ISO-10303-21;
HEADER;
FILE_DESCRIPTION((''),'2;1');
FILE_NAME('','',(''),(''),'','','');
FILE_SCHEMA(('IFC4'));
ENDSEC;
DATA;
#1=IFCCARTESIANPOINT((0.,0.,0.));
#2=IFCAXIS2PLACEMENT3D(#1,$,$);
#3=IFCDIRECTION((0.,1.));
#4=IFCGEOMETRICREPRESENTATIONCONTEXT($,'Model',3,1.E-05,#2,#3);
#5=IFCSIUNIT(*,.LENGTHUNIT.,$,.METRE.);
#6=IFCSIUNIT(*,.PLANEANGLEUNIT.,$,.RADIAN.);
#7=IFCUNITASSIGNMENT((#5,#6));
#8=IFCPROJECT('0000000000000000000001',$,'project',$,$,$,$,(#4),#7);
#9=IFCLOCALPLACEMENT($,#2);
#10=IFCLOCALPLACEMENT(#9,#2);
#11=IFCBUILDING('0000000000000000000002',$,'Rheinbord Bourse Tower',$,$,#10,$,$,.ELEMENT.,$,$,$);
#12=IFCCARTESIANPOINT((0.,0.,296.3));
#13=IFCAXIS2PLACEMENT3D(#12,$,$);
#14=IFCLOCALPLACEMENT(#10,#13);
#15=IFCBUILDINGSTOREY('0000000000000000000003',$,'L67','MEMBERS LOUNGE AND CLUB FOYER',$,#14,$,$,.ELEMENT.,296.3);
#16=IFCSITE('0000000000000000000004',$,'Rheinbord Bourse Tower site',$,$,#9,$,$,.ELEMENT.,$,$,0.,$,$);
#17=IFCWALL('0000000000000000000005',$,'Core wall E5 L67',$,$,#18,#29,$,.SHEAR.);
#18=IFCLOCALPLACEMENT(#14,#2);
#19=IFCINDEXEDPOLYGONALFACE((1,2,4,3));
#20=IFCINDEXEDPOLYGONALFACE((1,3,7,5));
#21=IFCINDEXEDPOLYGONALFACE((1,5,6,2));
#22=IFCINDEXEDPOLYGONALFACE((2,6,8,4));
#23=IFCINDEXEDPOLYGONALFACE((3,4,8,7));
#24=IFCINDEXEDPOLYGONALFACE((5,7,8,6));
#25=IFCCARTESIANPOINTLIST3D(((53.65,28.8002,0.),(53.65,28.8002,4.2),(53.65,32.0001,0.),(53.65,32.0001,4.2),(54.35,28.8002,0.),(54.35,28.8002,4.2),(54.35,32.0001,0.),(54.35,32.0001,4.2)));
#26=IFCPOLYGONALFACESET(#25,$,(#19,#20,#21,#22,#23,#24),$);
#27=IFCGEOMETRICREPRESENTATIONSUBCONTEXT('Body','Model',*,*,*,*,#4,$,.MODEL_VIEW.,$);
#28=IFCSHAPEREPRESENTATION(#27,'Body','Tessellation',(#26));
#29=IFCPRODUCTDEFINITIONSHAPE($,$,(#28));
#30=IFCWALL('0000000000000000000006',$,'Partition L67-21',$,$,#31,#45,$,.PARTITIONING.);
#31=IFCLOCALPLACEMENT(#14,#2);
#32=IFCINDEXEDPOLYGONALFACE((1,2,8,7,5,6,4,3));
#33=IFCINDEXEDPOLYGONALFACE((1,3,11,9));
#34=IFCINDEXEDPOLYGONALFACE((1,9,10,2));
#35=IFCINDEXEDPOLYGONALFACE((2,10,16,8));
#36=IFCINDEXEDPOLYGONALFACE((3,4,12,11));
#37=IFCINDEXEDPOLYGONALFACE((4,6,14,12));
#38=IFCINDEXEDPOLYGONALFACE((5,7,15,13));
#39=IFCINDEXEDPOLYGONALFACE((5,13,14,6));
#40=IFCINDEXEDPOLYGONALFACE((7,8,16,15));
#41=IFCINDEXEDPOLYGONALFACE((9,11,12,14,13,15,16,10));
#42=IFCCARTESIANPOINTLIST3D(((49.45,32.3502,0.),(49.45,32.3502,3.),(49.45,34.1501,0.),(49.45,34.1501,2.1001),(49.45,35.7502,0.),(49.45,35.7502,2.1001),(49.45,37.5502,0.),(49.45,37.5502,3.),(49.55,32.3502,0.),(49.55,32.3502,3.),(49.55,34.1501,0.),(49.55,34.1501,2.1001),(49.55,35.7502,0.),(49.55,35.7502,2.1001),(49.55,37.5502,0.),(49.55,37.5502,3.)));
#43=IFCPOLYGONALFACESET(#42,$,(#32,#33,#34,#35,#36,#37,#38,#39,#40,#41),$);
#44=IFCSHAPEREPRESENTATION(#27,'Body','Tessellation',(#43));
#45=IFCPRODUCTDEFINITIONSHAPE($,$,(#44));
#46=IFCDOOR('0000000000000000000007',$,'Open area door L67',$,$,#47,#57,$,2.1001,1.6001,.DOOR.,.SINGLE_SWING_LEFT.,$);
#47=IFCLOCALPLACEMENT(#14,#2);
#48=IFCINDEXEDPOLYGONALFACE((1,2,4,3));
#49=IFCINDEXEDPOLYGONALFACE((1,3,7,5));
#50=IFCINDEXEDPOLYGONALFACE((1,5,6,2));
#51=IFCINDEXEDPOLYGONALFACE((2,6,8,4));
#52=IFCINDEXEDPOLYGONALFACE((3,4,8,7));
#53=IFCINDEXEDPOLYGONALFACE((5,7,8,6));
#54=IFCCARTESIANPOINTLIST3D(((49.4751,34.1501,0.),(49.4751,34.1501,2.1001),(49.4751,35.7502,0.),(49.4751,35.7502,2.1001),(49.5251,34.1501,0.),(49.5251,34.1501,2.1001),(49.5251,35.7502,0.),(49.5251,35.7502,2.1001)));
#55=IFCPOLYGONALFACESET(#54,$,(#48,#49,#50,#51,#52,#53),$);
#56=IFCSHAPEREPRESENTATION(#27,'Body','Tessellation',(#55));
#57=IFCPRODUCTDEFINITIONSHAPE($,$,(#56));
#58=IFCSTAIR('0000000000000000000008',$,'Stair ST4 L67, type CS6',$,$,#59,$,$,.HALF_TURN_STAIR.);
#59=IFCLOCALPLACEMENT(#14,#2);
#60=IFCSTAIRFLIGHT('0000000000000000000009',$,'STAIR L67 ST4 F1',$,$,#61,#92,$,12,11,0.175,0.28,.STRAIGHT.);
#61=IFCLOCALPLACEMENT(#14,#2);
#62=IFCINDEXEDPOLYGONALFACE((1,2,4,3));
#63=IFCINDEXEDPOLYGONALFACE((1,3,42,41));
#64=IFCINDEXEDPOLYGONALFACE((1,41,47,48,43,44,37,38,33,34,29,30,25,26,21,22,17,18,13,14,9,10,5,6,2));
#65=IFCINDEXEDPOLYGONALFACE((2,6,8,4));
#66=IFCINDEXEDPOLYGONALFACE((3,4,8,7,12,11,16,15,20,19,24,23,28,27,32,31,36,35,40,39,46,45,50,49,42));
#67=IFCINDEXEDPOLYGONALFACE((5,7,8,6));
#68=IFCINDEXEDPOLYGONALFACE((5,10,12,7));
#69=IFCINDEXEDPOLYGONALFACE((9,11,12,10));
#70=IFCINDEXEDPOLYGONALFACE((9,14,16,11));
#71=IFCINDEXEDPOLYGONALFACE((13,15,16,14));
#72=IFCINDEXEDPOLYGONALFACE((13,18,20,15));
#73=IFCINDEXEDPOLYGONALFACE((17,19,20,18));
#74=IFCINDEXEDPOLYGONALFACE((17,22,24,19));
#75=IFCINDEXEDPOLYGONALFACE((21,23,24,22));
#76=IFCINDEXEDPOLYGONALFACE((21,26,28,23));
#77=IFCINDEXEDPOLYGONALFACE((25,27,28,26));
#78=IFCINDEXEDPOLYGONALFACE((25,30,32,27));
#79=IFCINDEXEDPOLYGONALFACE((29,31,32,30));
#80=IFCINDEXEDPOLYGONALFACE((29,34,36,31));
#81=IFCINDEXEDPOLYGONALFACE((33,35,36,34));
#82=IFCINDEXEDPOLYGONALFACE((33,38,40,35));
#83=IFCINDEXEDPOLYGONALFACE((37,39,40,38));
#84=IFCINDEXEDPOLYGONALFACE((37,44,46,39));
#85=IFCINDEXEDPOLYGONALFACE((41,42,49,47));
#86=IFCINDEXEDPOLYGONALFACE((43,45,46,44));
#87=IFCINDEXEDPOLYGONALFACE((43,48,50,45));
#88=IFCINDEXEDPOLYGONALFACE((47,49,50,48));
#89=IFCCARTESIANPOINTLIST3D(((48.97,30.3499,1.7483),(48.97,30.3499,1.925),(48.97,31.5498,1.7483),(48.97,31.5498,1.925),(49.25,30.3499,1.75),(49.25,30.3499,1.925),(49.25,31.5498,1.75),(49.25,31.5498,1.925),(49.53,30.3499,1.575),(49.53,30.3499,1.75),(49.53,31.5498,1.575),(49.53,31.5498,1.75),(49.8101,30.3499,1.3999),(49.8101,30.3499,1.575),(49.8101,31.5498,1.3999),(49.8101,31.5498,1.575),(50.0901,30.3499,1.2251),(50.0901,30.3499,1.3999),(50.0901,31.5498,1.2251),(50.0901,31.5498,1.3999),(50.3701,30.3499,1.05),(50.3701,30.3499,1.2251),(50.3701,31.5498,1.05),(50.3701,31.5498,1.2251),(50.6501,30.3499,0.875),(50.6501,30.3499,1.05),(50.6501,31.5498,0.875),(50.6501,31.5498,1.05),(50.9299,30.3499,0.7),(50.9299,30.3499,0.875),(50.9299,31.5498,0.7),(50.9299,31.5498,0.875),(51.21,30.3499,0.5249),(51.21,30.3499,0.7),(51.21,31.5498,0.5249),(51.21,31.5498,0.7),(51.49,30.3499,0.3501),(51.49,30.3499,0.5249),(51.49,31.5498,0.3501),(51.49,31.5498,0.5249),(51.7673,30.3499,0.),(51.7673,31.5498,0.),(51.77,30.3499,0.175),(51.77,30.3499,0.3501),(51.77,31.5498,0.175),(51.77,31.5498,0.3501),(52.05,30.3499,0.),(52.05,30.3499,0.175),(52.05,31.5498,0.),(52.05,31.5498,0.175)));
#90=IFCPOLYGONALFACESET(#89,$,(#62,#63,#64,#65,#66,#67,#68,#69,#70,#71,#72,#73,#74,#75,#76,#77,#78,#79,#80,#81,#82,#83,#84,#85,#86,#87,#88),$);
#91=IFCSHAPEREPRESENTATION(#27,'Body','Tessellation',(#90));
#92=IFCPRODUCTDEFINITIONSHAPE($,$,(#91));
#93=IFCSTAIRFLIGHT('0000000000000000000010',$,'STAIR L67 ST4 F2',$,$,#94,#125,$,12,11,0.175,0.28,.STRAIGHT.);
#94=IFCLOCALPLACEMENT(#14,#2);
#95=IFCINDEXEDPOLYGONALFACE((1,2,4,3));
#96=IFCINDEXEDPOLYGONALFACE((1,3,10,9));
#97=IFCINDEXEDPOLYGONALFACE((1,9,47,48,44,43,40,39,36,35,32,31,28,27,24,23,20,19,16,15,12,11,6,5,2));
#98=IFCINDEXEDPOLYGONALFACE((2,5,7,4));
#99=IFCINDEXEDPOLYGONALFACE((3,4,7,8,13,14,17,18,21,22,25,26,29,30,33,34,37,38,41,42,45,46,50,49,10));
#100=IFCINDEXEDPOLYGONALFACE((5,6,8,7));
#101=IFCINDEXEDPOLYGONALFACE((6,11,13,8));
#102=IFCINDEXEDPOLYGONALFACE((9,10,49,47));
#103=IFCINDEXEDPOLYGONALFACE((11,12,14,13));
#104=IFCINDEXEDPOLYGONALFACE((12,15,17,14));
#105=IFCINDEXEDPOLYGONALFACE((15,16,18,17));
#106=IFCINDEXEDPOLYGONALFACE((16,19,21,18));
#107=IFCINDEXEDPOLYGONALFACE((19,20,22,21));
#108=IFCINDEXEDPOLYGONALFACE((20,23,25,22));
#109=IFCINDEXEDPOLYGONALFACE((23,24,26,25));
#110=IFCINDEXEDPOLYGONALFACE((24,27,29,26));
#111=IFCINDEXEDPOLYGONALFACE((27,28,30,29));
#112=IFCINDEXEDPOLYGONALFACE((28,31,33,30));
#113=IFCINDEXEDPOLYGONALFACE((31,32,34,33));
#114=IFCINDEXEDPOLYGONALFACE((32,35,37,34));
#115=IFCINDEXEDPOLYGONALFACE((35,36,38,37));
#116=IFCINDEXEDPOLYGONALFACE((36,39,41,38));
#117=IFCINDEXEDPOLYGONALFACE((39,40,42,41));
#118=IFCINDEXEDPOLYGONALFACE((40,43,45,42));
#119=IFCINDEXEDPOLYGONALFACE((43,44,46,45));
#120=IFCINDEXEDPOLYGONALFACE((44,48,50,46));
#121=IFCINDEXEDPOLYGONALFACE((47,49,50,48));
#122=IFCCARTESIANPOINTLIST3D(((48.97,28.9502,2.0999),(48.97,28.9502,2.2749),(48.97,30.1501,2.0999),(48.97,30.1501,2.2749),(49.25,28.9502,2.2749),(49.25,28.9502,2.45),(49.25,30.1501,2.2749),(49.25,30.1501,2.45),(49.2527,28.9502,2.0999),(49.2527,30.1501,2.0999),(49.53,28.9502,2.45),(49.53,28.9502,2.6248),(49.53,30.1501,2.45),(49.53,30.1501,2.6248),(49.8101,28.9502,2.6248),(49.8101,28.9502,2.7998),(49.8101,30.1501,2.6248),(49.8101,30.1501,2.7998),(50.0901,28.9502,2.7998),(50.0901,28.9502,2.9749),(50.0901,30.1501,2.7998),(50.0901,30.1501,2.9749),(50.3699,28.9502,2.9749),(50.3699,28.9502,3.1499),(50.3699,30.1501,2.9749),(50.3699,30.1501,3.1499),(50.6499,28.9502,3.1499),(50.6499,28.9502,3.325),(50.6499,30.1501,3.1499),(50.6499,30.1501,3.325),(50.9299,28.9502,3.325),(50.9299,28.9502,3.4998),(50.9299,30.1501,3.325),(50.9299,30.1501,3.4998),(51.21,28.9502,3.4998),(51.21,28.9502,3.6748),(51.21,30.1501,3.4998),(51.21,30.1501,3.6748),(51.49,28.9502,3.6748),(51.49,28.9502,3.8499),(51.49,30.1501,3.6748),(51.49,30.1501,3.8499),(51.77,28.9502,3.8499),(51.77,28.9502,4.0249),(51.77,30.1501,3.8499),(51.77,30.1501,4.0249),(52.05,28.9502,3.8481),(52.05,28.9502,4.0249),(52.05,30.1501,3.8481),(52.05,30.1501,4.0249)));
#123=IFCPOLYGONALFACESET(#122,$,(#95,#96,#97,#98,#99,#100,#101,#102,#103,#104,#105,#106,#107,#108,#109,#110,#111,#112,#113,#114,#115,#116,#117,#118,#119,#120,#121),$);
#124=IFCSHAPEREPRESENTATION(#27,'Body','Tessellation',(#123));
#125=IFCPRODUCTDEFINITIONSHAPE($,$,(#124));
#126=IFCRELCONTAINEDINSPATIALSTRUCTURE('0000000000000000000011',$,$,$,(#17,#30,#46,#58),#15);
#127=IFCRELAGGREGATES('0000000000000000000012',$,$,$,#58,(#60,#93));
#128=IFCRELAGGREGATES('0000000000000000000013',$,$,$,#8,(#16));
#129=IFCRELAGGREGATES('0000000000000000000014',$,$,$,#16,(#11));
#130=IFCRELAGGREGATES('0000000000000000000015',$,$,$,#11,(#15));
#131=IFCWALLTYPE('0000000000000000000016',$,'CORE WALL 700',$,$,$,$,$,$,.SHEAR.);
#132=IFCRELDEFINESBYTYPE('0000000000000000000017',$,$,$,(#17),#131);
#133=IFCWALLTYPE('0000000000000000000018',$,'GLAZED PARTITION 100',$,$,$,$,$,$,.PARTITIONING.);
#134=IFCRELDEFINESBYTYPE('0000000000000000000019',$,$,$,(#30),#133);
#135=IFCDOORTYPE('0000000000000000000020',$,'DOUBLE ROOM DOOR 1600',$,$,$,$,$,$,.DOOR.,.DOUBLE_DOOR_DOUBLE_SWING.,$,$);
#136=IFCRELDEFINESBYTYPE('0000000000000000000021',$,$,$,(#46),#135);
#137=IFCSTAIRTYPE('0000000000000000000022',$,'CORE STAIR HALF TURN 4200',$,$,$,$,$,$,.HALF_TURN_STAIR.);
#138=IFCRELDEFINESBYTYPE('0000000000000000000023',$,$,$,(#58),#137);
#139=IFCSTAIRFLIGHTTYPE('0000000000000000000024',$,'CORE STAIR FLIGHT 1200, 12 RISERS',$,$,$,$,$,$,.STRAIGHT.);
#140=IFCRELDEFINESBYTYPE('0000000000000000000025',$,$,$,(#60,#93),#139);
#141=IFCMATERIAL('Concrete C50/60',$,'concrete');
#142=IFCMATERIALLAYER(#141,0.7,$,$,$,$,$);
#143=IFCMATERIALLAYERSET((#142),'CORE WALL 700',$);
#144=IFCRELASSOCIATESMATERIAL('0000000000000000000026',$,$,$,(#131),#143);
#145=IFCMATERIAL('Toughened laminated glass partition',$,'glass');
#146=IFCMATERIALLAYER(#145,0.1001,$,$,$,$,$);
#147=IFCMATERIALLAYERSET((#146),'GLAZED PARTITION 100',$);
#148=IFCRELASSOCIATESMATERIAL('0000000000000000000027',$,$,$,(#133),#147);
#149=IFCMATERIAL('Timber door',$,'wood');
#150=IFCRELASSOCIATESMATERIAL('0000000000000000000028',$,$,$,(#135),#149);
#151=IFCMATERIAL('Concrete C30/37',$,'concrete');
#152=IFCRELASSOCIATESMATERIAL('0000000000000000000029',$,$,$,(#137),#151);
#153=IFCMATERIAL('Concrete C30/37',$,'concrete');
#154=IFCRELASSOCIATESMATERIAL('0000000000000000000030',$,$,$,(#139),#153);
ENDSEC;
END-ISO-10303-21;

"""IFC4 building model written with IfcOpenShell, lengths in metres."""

from ifc_helpers import new_model, si_unit, direction, frame, frame_2d, origin, place, context, subcontext, project, spatial, polyline, rectangle, outline, extrude, material, layer, layer_set, type_object, element, fill, aggregate, save


model = new_model("IFC4")

# Units and contexts
model_context = context("Model", 3, precision=1e-05, world=origin(), true_north=direction((0.0, 1.0)))
body_context = subcontext(model_context, "Body", "Model", "MODEL_VIEW")
ifc_project = project(units=[si_unit("LENGTHUNIT", "METRE"), si_unit("PLANEANGLEUNIT", "RADIAN")], contexts=[model_context])

# Site, building, storey
site_placement = place(None, origin())
site = spatial("IfcSite", under=ifc_project, at=site_placement, Name="Rheinbord Bourse Tower site", CompositionType="ELEMENT", RefElevation=0.0)
building_placement = place(site_placement, origin())
building = spatial("IfcBuilding", under=site, at=building_placement, Name="Rheinbord Bourse Tower", CompositionType="ELEMENT")
storey_placement = place(building_placement, frame((0.0, 0.0, 296.3)))
storey = spatial("IfcBuildingStorey", under=building, at=storey_placement, Name="L67", Description="MEMBERS LOUNGE AND CLUB FOYER", CompositionType="ELEMENT", Elevation=296.3)

# Shared definitions
ifc_material_1 = material(Name="Concrete C50/60", Category="concrete")
ifc_layer_1 = layer(ifc_material_1, 0.7)
ifc_layer_set_1 = layer_set([ifc_layer_1], Name="CORE WALL 700")
wall_type_1 = type_object("IfcWallType", Name="CORE WALL 700", PredefinedType="SHEAR", material=ifc_layer_set_1)

# Wall
wall_1_placement = place(storey_placement, frame((54.0, 28.8, 0.0), z_axis=(0.0, 0.0, 1.0), x_axis=(0.0, 1.0, 0.0)))
element("IfcWall", 1, at=wall_1_placement, inside=storey, type_object=wall_type_1, Name="Core wall E5 L67", PredefinedType="SHEAR", context=body_context, shape_type="SweptSolid", body=[
    extrude(rectangle(XDim=3.2, YDim=0.7, at=frame_2d((1.6001, 0.0))), origin(), (0.0, 0.0, 1.0), 4.2),
])

# Wall, opening, door
ifc_material_2 = material(Name="Toughened laminated glass partition", Category="glass")
ifc_layer_2 = layer(ifc_material_2, 0.1001)
ifc_layer_set_2 = layer_set([ifc_layer_2], Name="GLAZED PARTITION 100")
wall_type_2 = type_object("IfcWallType", Name="GLAZED PARTITION 100", PredefinedType="PARTITIONING", material=ifc_layer_set_2)
wall_2_placement = place(storey_placement, frame((49.5, 32.3501, 0.0), z_axis=(0.0, 0.0, 1.0), x_axis=(0.0, 1.0, 0.0)))
wall_2 = element("IfcWall", 2, at=wall_2_placement, inside=storey, type_object=wall_type_2, Name="Partition L67-21", PredefinedType="PARTITIONING", context=body_context, shape_type="SweptSolid", body=[
    extrude(rectangle(XDim=5.2, YDim=0.1001, at=frame_2d((2.6001, 0.0))), origin(), (0.0, 0.0, 1.0), 3.0),
])
opening_1_placement = place(wall_2_placement, frame((1.8, 0.0, 0.0)))
opening_1 = element("IfcOpeningElement", 3, at=opening_1_placement, cuts=wall_2, PredefinedType="OPENING", context=body_context, shape_type="SweptSolid", body=[
    extrude(rectangle(XDim=1.6001, YDim=2.1001, at=frame_2d((0.8, 1.05))), frame((0.0, 0.0601, 0.0), z_axis=(0.0, -1.0, 0.0), x_axis=(1.0, 0.0, 0.0)), (0.0, 0.0, 1.0), 0.1201),
])
ifc_material_3 = material(Name="Timber door", Category="wood")
door_type_1 = type_object("IfcDoorType", Name="DOUBLE ROOM DOOR 1600", OperationType="DOUBLE_DOOR_DOUBLE_SWING", PredefinedType="DOOR", material=ifc_material_3)
door_1_placement = place(opening_1_placement, origin())
door_1 = element("IfcDoor", 4, at=door_1_placement, inside=storey, type_object=door_type_1, Name="Open area door L67", OperationType="SINGLE_SWING_LEFT", OverallHeight=2.1001, OverallWidth=1.6001, PredefinedType="DOOR", context=body_context, shape_type="SweptSolid", body=[
    extrude(rectangle(XDim=1.6001, YDim=2.1001, at=frame_2d((0.8, 1.05))), frame((0.0, 0.0249, 0.0), z_axis=(0.0, -1.0, 0.0), x_axis=(1.0, 0.0, 0.0)), (0.0, 0.0, 1.0), 0.05),
])
fill(opening_1, door_1)

# Stair, stair flights
ifc_material_4 = material(Name="Concrete C30/37", Category="concrete")
stair_type = type_object("IfcStairType", Name="CORE STAIR HALF TURN 4200", PredefinedType="HALF_TURN_STAIR", material=ifc_material_4)
stair_placement = place(storey_placement, origin())
stair = element("IfcStair", 5, at=stair_placement, inside=storey, type_object=stair_type, Name="Stair ST4 L67, type CS6", PredefinedType="HALF_TURN_STAIR")
ifc_material_5 = material(Name="Concrete C30/37", Category="concrete")
stair_flight_type = type_object("IfcStairFlightType", Name="CORE STAIR FLIGHT 1200, 12 RISERS", PredefinedType="STRAIGHT", material=ifc_material_5)
stair_flight_1_placement = place(storey_placement, frame((52.05, 30.95, 0.0), z_axis=(0.0, 0.0, 1.0), x_axis=(-1.0, 0.0, 0.0)))
stair_flight_1 = element("IfcStairFlight", 6, at=stair_flight_1_placement, type_object=stair_flight_type, Name="STAIR L67 ST4 F1", NumberOfRisers=12, NumberOfTreads=11, PredefinedType="STRAIGHT", RiserHeight=0.175, TreadLength=0.28, context=body_context, shape_type="SweptSolid", body=[
    extrude(outline(polyline([(0.0, 0.0), (0.0, 0.175), (0.28, 0.175), (0.28, 0.3501), (0.5601, 0.3501), (0.5601, 0.5249), (0.8401, 0.5249), (0.8401, 0.7), (1.1201, 0.7), (1.1201, 0.875), (1.3999, 0.875), (1.3999, 1.05), (1.6799, 1.05), (1.6799, 1.2251), (1.96, 1.2251), (1.96, 1.3999), (2.24, 1.3999), (2.24, 1.575), (2.52, 1.575), (2.52, 1.75), (2.8, 1.75), (2.8, 1.925), (3.0801, 1.925), (3.0801, 2.1001), (3.0801, 1.7483), (0.2827, 0.0), (0.0, 0.0)])), frame((0.0, 0.6001, 0.0), z_axis=(0.0, -1.0, 0.0), x_axis=(1.0, 0.0, 0.0)), (0.0, 0.0, 1.0), 1.2),
])
stair_flight_2_placement = place(storey_placement, frame((48.97, 29.55, 2.0999), z_axis=(0.0, 0.0, 1.0), x_axis=(1.0, 0.0, 0.0)))
stair_flight_2 = element("IfcStairFlight", 7, at=stair_flight_2_placement, type_object=stair_flight_type, Name="STAIR L67 ST4 F2", NumberOfRisers=12, NumberOfTreads=11, PredefinedType="STRAIGHT", RiserHeight=0.175, TreadLength=0.28, context=body_context, shape_type="SweptSolid", body=[
    extrude(outline(polyline([(0.0, 0.0), (0.0, 0.175), (0.28, 0.175), (0.28, 0.3501), (0.5601, 0.3501), (0.5601, 0.5249), (0.8401, 0.5249), (0.8401, 0.7), (1.1201, 0.7), (1.1201, 0.875), (1.3999, 0.875), (1.3999, 1.05), (1.6799, 1.05), (1.6799, 1.2251), (1.96, 1.2251), (1.96, 1.3999), (2.24, 1.3999), (2.24, 1.575), (2.52, 1.575), (2.52, 1.75), (2.8, 1.75), (2.8, 1.925), (3.0801, 1.925), (3.0801, 2.1001), (3.0801, 1.7483), (0.2827, 0.0), (0.0, 0.0)])), frame((0.0, 0.6001, 0.0), z_axis=(0.0, -1.0, 0.0), x_axis=(1.0, 0.0, 0.0)), (0.0, 0.0, 1.0), 1.2),
])
aggregate(stair, [stair_flight_1, stair_flight_2])

save(model, "model.ifc")
